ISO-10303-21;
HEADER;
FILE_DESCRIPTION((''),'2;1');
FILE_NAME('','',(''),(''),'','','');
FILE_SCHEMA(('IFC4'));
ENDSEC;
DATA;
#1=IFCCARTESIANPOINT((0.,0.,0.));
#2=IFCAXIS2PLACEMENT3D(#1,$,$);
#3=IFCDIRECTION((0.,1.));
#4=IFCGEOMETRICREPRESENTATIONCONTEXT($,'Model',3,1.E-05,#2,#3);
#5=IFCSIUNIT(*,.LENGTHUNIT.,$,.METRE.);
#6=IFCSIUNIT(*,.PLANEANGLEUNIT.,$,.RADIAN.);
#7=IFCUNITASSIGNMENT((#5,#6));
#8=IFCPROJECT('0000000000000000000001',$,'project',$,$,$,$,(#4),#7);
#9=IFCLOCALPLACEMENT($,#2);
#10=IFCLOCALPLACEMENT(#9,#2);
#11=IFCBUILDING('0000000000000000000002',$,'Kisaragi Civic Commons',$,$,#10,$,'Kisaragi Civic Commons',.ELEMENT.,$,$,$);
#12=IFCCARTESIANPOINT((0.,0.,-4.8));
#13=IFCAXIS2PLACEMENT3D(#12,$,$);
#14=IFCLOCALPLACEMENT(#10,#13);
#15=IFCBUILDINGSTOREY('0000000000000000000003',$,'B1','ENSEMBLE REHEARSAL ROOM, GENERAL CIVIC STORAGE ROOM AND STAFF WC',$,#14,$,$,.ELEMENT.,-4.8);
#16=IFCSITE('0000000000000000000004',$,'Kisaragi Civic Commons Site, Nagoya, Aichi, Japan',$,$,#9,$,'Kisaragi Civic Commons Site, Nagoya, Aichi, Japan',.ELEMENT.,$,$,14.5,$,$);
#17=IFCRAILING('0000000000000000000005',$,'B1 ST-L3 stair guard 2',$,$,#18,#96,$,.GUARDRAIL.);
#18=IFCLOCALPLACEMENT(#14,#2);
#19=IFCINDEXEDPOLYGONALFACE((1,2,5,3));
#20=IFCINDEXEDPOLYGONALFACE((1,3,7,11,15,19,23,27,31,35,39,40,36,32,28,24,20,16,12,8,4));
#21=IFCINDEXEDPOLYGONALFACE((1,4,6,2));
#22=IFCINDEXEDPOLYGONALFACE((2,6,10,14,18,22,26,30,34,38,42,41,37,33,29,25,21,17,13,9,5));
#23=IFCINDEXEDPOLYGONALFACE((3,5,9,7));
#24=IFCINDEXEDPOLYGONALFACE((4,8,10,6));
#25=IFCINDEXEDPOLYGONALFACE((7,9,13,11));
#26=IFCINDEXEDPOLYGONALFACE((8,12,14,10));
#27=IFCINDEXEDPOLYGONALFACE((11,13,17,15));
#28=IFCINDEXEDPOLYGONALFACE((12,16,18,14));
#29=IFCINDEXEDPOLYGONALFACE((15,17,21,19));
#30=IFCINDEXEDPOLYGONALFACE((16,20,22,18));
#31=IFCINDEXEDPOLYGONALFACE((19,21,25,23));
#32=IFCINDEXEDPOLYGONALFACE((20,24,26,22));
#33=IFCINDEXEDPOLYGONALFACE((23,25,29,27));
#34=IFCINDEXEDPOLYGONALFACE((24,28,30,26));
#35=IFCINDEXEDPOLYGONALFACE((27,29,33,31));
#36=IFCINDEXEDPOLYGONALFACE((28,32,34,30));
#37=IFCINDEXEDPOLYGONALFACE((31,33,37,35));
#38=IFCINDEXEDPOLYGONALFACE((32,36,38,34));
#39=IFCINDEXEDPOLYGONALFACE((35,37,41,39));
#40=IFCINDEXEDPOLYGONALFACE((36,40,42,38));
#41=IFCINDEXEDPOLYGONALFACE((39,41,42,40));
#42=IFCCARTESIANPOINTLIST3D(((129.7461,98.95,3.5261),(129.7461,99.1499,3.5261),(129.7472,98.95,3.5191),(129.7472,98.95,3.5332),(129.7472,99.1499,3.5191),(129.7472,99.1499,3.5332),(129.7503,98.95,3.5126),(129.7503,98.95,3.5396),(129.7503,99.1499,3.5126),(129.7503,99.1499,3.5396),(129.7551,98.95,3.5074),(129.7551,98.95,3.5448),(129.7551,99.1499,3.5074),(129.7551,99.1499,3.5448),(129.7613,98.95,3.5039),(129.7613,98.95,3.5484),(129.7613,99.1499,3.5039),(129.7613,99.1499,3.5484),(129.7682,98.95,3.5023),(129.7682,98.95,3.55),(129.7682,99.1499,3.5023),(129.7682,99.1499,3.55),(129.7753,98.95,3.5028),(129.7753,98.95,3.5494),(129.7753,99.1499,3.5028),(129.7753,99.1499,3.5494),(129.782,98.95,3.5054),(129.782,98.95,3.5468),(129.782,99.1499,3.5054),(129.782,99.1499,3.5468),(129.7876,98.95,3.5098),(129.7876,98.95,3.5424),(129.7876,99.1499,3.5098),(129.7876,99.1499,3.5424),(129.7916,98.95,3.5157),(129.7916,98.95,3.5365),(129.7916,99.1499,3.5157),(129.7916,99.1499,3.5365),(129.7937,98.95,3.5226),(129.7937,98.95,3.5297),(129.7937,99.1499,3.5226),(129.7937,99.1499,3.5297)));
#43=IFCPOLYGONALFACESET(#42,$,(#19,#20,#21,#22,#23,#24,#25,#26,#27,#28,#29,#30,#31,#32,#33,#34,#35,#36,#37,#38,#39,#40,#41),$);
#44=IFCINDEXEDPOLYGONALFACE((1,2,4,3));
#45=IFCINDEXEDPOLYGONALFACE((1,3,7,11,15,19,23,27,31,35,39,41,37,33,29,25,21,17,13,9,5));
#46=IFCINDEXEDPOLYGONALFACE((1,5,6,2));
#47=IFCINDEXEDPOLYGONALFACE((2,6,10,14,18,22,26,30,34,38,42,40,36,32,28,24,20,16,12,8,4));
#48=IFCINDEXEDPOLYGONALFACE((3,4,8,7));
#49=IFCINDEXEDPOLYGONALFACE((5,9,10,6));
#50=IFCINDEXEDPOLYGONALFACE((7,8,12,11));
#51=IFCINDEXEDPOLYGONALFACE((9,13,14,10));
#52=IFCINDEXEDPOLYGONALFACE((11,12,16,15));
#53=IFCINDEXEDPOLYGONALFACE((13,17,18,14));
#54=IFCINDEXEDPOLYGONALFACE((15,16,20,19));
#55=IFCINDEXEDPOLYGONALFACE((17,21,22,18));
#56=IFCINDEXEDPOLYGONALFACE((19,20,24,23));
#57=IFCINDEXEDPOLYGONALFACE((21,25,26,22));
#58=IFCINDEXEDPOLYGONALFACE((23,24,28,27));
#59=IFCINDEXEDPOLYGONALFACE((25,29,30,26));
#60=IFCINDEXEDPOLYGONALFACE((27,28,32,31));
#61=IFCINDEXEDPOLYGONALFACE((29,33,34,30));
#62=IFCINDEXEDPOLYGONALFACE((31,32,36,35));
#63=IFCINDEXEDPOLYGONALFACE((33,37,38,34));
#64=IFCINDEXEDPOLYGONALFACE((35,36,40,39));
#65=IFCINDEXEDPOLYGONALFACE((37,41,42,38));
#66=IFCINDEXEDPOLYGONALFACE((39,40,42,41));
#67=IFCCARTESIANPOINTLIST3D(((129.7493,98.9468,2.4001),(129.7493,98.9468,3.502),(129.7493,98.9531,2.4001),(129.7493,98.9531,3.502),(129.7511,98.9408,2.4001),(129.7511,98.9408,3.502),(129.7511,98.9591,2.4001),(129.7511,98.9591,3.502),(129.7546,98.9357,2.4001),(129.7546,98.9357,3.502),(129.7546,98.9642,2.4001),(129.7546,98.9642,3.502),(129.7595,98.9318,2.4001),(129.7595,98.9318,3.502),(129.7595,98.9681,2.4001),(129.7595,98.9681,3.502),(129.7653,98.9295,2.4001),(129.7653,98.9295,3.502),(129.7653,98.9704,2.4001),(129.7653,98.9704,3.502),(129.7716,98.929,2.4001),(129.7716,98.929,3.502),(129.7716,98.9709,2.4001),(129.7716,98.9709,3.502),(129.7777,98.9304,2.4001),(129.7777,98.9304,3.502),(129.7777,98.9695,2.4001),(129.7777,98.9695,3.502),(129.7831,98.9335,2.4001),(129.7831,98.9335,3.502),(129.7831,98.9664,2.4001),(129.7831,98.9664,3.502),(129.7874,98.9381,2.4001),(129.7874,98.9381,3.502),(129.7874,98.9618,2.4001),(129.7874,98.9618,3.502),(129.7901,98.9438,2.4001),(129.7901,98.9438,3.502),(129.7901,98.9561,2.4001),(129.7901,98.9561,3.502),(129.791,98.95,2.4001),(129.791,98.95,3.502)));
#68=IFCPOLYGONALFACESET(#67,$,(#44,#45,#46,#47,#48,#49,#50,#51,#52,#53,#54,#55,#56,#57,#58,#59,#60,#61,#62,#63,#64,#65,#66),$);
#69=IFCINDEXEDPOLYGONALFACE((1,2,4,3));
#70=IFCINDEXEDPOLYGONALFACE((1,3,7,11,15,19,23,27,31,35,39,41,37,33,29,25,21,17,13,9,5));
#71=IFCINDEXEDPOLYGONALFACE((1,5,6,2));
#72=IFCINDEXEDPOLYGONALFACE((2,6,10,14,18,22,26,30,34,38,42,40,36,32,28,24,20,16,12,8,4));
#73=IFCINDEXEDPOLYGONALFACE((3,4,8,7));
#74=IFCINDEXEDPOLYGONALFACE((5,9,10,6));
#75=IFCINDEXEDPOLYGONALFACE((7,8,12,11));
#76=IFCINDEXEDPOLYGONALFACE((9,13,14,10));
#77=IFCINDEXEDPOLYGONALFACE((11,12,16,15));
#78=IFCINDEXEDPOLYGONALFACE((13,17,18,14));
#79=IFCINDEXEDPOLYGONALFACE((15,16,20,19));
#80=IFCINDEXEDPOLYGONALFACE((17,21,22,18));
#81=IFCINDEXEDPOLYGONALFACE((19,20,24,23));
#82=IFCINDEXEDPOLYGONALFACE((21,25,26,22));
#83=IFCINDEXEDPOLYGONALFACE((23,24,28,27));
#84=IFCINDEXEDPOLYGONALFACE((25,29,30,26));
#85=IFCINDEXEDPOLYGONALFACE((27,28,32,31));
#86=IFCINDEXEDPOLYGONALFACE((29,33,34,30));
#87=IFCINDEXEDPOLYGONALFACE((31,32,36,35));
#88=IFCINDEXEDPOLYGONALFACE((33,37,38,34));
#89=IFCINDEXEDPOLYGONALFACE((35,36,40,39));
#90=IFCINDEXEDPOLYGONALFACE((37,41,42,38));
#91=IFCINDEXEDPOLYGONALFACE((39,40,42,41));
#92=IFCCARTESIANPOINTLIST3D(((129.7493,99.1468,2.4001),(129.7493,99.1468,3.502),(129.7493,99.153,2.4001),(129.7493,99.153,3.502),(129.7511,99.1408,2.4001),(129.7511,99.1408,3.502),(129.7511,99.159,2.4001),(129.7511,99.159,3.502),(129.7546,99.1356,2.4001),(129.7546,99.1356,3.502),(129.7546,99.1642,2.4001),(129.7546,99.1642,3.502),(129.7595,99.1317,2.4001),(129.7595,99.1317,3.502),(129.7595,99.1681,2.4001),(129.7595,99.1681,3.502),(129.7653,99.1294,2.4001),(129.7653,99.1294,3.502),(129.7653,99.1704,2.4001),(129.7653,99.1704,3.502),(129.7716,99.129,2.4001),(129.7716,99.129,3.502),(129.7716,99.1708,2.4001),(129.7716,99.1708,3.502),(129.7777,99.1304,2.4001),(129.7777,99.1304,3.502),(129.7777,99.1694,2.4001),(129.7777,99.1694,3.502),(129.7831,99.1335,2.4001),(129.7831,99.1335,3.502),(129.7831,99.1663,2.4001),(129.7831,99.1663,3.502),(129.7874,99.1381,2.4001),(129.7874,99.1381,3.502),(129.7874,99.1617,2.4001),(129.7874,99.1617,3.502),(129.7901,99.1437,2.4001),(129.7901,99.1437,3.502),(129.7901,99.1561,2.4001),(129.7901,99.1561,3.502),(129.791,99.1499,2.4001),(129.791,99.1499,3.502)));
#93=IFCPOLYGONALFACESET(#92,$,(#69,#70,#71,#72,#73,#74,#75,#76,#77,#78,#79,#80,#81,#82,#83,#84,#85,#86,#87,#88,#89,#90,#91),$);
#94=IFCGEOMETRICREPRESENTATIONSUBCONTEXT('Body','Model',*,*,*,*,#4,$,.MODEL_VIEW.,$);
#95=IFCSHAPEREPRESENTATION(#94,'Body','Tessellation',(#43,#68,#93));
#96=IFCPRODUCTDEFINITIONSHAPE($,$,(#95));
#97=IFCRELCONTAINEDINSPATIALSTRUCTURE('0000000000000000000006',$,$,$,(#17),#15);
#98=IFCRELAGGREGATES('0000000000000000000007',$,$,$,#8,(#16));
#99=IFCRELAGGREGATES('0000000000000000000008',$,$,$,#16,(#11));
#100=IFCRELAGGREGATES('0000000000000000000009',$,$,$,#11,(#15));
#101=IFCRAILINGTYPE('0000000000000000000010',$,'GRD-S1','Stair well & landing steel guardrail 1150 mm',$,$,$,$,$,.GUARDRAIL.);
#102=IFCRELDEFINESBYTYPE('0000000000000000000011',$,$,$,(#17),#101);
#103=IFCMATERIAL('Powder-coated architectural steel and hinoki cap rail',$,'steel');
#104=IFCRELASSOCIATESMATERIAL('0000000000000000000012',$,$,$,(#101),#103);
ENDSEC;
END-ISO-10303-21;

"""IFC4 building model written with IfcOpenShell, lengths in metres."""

from ifc_helpers import new_model, si_unit, direction, frame, origin, origin_2d, place, context, subcontext, project, spatial, circle, extrude, material, type_object, element, save


model = new_model("IFC4")

# Units and contexts
model_context = context("Model", 3, precision=1e-05, world=origin(), true_north=direction((0.0, 1.0)))
body_context = subcontext(model_context, "Body", "Model", "MODEL_VIEW")
ifc_project = project(units=[si_unit("LENGTHUNIT", "METRE"), si_unit("PLANEANGLEUNIT", "RADIAN")], contexts=[model_context])

# Site, building, storey
site_placement = place(None, origin())
site = spatial("IfcSite", under=ifc_project, at=site_placement, Name="Kisaragi Civic Commons Site, Nagoya, Aichi, Japan", LongName="Kisaragi Civic Commons Site, Nagoya, Aichi, Japan", CompositionType="ELEMENT", RefElevation=14.5)
building_placement = place(site_placement, origin())
building = spatial("IfcBuilding", under=site, at=building_placement, Name="Kisaragi Civic Commons", LongName="Kisaragi Civic Commons", CompositionType="ELEMENT")
storey_placement = place(building_placement, frame((0.0, 0.0, -4.8)))
storey = spatial("IfcBuildingStorey", under=building, at=storey_placement, Name="B1", Description="ENSEMBLE REHEARSAL ROOM, GENERAL CIVIC STORAGE ROOM AND STAFF WC", CompositionType="ELEMENT", Elevation=-4.8)

# Railing
ifc_material_1 = material(Name="Powder-coated architectural steel and hinoki cap rail", Category="steel")
railing_type_1 = type_object("IfcRailingType", Name="GRD-S1", Description="Stair well & landing steel guardrail 1150 mm", PredefinedType="GUARDRAIL", material=ifc_material_1)
railing_1_placement = place(storey_placement, frame((129.77, 98.95, 2.4001)))
element("IfcRailing", 1, at=railing_1_placement, inside=storey, type_object=railing_type_1, Name="B1 ST-L3 stair guard 2", PredefinedType="GUARDRAIL", context=body_context, shape_type="SweptSolid", body=[
    extrude(circle(Radius=0.0239, at=origin_2d()), frame((0.0, 0.0, 1.126), z_axis=(0.0, 1.0, 0.0), x_axis=(-1.0, 0.0, 0.0)), (0.0, 0.0, 1.0), 0.2),
    extrude(circle(Radius=0.021, at=origin_2d()), origin(), (0.0, 0.0, 1.0), 1.1018),
    extrude(circle(Radius=0.021, at=origin_2d()), frame((0.0, 0.2, 0.0)), (0.0, 0.0, 1.0), 1.1018),
])

save(model, "model.ifc")
